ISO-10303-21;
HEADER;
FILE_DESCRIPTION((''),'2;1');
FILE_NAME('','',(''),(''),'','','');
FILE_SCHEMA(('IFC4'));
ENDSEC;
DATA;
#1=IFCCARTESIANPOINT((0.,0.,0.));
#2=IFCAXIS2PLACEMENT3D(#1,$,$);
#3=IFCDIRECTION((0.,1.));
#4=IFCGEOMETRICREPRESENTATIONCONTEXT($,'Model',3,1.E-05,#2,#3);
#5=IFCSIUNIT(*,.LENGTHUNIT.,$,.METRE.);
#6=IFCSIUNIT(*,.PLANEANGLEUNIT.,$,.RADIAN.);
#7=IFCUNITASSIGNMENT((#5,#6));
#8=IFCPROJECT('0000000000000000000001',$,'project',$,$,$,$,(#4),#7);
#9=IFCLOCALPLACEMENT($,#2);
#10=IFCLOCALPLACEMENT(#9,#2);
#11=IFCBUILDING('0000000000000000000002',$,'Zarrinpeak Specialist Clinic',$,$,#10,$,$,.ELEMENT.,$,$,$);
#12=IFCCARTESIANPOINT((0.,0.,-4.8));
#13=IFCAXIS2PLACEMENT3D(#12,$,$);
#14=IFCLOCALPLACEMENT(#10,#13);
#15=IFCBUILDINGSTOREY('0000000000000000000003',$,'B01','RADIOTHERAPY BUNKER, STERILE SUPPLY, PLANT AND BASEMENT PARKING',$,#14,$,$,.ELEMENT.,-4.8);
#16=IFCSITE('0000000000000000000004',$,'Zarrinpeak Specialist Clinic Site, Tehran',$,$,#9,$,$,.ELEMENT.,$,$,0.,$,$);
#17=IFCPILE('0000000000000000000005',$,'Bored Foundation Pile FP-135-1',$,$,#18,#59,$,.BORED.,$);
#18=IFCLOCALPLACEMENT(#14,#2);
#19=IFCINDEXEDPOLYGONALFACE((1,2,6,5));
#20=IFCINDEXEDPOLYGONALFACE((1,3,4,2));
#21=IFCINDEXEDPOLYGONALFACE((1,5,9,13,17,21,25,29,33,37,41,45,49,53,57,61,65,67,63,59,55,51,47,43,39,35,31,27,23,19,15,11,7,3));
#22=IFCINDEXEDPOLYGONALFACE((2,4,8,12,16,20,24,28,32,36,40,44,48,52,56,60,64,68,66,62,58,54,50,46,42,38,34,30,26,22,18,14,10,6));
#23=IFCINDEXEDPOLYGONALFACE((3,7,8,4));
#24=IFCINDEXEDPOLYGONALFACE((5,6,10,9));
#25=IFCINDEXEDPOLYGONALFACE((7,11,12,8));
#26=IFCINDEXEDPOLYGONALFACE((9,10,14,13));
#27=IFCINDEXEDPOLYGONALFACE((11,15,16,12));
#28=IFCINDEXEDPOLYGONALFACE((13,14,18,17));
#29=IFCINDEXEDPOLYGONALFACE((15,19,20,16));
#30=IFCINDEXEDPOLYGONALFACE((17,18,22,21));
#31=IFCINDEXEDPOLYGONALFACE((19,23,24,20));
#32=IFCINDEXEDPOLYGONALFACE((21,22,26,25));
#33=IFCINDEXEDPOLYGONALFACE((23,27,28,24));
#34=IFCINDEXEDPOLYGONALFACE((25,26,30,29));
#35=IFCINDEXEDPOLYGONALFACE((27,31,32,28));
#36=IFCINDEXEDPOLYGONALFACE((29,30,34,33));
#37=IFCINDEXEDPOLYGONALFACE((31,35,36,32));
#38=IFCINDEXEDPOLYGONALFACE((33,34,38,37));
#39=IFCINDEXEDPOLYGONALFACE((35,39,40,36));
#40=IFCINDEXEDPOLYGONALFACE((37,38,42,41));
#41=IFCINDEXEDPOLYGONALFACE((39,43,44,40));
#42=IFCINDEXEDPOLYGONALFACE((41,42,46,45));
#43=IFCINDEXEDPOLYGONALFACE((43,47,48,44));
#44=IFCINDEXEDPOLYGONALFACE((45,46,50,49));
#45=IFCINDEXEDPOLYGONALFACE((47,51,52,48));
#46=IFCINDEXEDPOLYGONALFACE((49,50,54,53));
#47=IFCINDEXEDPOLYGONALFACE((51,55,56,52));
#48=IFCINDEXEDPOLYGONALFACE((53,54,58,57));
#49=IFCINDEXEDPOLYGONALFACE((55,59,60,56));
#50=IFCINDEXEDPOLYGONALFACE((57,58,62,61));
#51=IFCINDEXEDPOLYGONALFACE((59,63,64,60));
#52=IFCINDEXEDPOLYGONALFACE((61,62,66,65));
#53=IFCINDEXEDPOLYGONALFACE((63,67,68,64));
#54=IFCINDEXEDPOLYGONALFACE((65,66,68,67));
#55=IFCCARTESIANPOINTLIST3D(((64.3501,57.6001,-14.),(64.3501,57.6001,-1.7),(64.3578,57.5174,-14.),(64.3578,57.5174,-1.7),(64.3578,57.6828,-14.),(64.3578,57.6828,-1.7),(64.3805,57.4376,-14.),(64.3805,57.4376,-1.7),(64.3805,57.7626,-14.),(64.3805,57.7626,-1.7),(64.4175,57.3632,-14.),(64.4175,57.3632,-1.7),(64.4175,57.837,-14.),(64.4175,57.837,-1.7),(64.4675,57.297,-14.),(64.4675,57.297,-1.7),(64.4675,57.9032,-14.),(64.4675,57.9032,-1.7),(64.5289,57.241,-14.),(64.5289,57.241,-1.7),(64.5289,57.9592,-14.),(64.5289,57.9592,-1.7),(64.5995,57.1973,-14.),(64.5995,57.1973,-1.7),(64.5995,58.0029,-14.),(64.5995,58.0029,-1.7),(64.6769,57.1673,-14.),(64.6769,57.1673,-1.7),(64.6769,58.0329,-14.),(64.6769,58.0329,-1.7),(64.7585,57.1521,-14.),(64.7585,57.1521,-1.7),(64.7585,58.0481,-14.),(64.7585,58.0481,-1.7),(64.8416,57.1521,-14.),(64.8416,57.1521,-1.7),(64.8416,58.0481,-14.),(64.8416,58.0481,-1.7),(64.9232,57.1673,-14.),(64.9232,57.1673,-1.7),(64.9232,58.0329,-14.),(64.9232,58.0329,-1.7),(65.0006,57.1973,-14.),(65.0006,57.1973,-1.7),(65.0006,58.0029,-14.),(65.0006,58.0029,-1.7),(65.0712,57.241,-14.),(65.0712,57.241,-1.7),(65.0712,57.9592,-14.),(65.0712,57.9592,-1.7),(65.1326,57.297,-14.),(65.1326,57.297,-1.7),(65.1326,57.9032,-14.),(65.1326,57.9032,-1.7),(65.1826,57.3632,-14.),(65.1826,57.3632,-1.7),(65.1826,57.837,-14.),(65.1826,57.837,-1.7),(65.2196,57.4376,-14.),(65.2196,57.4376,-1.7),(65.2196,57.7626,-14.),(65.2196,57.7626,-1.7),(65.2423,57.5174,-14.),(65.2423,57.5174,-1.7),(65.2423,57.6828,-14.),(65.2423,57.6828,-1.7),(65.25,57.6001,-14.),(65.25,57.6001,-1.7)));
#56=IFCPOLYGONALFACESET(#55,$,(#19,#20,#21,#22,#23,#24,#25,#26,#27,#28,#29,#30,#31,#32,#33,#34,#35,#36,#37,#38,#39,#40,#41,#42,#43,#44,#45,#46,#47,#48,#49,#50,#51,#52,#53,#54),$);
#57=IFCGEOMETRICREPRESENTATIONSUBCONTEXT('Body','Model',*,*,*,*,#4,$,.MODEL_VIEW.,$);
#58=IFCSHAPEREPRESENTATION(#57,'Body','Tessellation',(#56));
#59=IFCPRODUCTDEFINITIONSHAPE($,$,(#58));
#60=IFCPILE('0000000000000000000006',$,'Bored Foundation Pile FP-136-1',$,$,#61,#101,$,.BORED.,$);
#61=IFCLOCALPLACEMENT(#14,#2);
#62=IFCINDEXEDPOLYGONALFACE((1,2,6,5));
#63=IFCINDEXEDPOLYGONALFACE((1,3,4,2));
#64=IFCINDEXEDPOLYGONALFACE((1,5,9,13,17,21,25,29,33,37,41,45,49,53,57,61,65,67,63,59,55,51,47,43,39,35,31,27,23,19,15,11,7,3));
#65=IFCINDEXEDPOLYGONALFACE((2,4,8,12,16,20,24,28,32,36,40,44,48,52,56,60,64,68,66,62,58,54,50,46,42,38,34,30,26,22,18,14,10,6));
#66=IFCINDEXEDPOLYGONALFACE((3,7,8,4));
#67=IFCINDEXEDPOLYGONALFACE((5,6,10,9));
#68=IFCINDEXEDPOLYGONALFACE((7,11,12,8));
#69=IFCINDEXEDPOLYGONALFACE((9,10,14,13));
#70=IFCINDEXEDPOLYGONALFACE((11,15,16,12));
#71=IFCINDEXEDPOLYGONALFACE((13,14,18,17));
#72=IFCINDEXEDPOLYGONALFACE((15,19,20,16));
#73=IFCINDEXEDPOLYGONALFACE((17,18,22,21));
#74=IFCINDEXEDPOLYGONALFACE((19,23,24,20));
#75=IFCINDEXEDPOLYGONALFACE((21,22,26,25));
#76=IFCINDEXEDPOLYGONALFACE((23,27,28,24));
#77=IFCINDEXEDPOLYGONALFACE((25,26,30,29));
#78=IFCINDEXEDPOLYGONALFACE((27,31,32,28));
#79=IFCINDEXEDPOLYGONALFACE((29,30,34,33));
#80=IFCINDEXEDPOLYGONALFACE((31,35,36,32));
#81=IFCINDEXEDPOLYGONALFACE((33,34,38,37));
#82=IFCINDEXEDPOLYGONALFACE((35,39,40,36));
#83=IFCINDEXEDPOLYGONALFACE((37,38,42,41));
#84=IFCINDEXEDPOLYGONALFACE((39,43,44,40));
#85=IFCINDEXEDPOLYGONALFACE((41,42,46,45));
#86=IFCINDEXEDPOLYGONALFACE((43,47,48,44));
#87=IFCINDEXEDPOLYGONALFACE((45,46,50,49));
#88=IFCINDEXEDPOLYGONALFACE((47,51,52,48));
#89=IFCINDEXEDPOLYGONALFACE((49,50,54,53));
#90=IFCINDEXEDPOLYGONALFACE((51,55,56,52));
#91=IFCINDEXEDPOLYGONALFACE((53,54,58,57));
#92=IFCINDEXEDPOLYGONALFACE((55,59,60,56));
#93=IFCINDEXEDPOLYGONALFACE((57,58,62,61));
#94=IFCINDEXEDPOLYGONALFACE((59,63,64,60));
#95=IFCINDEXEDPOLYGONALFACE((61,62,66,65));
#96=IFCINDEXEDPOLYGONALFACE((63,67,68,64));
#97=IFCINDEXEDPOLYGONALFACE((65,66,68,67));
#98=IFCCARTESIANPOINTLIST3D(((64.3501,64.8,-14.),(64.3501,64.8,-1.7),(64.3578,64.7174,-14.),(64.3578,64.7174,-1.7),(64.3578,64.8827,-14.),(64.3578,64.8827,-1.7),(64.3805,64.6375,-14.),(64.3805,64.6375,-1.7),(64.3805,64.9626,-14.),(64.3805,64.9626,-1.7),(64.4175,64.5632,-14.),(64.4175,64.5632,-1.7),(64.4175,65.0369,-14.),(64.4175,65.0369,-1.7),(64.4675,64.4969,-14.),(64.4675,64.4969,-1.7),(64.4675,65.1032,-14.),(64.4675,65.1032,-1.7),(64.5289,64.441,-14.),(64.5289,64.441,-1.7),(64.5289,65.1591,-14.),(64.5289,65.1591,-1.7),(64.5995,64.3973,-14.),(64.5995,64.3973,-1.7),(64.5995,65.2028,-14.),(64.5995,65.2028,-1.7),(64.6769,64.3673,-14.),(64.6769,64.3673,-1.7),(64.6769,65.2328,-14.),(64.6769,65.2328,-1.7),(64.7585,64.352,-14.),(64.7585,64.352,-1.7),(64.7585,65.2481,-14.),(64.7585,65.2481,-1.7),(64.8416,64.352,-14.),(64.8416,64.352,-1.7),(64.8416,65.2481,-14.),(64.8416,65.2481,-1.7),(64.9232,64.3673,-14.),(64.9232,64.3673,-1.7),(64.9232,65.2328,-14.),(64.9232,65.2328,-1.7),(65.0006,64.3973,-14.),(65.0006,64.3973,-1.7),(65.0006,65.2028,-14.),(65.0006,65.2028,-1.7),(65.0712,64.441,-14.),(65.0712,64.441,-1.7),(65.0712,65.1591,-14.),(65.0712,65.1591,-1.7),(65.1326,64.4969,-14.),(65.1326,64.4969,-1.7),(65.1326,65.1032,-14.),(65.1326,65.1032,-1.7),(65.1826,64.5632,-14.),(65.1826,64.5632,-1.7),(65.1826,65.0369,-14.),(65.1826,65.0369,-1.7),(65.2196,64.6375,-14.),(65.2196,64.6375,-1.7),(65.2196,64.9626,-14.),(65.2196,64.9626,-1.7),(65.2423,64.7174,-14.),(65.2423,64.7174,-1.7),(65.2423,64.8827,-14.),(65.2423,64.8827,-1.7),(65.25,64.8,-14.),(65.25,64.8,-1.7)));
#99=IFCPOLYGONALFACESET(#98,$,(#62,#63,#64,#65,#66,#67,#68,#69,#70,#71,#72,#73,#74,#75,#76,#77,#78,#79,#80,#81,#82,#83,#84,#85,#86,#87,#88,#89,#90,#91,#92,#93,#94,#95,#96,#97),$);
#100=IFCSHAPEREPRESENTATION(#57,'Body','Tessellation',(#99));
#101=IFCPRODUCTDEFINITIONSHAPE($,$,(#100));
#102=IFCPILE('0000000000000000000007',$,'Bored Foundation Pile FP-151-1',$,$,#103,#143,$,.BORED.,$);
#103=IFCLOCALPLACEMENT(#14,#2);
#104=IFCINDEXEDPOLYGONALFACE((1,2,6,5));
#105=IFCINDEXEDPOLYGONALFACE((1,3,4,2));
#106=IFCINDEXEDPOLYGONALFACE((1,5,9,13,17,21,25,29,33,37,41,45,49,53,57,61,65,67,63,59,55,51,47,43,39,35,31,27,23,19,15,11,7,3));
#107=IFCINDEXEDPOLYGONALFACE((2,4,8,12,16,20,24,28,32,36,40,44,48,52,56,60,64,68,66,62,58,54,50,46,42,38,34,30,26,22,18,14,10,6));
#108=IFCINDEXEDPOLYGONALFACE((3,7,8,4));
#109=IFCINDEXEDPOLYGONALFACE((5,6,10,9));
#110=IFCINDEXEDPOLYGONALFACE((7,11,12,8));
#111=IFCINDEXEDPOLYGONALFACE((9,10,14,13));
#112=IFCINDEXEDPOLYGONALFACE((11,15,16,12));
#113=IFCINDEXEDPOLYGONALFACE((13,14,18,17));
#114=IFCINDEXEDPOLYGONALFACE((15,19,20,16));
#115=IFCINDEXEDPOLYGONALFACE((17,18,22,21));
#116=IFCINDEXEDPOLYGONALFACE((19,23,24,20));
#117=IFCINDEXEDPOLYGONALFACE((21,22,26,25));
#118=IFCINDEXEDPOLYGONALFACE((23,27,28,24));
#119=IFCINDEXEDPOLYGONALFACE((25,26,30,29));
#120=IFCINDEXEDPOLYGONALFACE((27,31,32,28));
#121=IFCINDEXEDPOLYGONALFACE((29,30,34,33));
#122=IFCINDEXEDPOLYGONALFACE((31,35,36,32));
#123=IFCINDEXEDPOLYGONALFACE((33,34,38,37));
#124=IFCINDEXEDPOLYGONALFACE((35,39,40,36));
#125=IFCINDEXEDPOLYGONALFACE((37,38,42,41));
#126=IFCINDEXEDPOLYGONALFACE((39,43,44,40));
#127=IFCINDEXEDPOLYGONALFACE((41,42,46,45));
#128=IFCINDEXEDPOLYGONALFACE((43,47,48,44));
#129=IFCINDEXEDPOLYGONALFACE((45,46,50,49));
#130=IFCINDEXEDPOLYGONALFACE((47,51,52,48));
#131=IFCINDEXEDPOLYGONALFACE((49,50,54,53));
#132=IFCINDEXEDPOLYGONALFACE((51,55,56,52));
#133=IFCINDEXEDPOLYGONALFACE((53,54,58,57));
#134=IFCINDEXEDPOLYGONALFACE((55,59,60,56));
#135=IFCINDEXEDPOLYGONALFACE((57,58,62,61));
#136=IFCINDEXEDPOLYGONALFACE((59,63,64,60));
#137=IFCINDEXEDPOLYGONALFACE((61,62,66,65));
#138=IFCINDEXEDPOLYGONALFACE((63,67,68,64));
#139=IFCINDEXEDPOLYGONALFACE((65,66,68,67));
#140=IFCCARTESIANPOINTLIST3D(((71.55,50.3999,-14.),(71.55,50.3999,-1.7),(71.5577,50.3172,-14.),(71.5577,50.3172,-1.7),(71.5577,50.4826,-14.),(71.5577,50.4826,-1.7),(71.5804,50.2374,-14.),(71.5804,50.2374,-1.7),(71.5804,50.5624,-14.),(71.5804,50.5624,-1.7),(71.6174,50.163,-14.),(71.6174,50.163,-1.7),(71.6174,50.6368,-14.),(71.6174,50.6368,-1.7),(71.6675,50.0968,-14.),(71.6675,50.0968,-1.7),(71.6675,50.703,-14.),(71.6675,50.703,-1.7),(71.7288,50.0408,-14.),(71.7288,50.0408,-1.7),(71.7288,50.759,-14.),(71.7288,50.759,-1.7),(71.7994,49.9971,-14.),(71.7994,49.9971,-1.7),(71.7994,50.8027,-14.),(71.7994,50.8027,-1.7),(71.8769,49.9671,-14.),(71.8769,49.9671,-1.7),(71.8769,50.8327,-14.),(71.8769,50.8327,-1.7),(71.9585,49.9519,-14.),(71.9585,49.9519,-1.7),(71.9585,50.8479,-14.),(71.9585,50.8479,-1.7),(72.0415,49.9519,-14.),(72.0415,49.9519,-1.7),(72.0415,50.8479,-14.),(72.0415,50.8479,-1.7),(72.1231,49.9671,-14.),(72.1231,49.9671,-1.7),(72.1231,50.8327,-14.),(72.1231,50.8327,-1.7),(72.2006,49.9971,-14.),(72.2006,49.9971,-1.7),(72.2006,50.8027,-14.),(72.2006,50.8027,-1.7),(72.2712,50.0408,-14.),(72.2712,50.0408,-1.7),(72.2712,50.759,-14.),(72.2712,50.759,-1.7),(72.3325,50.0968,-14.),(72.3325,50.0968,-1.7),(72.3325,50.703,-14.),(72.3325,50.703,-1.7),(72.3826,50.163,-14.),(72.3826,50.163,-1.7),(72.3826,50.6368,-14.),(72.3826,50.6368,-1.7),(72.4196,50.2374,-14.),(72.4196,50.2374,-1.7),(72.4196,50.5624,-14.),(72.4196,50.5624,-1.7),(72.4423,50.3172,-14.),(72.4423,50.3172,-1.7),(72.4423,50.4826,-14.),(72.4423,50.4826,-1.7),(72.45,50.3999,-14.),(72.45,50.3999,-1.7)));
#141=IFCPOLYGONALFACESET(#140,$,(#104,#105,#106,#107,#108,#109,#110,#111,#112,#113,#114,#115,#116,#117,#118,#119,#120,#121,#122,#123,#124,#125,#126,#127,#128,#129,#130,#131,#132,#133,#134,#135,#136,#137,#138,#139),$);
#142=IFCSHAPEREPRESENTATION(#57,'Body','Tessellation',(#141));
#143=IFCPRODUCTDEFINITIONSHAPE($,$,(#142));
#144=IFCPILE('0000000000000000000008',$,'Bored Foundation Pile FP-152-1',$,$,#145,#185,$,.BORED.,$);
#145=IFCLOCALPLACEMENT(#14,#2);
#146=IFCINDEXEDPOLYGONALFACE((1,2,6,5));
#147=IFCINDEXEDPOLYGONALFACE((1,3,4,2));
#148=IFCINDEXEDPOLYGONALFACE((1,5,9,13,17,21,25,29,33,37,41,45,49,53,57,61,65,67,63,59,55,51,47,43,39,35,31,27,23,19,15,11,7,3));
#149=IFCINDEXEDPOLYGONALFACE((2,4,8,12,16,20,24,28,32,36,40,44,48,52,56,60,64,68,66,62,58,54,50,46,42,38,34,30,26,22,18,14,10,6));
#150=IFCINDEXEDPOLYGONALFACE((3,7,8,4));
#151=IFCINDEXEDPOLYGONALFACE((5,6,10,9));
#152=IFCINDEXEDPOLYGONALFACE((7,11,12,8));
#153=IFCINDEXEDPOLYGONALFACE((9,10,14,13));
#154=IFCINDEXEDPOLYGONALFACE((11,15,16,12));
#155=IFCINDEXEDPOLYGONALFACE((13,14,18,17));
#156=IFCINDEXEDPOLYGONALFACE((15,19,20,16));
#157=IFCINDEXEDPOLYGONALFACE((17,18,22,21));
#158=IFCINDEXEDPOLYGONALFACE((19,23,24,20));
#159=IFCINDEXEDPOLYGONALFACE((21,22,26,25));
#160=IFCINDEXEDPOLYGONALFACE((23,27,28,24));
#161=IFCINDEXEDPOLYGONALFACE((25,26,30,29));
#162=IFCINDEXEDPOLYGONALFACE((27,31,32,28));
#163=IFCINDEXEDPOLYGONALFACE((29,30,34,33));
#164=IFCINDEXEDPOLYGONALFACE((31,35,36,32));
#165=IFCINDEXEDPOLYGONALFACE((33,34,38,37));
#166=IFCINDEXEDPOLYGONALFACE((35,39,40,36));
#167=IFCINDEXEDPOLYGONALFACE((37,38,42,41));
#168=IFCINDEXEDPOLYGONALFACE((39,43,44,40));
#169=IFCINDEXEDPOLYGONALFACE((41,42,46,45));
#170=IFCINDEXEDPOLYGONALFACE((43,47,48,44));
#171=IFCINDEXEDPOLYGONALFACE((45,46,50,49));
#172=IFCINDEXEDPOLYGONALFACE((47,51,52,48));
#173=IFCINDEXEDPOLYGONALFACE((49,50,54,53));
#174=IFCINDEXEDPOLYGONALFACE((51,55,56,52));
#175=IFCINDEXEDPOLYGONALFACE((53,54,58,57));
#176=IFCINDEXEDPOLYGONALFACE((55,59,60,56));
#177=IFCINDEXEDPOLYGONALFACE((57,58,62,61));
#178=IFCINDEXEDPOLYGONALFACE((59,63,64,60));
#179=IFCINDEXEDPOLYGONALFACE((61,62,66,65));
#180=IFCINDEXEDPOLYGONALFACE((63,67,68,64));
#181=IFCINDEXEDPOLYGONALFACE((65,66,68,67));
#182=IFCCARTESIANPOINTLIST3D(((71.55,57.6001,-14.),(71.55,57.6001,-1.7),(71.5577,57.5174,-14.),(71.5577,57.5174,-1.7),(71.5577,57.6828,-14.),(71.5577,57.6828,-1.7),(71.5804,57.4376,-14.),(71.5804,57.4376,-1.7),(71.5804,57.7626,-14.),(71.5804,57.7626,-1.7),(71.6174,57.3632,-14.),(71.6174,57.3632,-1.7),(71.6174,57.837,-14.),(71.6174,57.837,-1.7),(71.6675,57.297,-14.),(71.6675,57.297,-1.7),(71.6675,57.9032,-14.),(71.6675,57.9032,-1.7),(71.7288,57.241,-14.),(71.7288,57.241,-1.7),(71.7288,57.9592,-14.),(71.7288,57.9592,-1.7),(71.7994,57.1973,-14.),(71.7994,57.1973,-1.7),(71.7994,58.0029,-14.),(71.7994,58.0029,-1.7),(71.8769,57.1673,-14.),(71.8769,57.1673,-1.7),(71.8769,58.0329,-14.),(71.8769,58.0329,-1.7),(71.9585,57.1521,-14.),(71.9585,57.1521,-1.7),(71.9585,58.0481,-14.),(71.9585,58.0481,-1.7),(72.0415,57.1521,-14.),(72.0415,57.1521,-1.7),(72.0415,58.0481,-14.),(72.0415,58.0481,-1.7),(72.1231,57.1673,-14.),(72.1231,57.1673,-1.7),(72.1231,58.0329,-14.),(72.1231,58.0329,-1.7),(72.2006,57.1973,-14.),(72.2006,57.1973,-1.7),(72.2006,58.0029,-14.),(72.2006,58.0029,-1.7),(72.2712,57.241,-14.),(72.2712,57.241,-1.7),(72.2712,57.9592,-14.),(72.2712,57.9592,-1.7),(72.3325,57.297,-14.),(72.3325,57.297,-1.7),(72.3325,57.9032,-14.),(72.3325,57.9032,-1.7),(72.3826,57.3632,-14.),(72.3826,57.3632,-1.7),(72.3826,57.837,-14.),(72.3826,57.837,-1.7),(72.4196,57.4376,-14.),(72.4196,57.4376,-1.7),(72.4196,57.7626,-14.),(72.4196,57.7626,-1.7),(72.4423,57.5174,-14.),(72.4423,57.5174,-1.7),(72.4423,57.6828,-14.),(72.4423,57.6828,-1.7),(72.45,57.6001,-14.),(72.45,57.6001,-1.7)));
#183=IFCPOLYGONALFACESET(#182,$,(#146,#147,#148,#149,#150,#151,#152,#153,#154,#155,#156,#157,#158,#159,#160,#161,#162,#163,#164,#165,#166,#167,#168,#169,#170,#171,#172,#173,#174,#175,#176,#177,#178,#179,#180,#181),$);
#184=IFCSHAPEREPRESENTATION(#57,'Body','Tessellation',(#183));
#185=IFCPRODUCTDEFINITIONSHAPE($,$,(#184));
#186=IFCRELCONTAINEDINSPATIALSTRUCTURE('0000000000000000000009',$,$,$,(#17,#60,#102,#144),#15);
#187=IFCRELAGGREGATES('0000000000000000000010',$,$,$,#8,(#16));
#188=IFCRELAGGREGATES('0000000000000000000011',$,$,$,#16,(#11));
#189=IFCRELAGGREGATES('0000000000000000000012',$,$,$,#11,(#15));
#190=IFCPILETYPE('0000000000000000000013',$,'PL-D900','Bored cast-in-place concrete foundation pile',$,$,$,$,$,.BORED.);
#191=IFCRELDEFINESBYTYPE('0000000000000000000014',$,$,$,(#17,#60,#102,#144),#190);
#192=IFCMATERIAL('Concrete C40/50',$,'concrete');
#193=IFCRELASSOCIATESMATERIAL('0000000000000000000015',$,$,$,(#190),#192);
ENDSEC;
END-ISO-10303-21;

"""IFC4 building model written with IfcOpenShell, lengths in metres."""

from ifc_helpers import new_model, si_unit, direction, frame, origin, origin_2d, place, context, subcontext, project, spatial, circle, extrude, material, material_profile, profile_set, type_object, element, save


model = new_model("IFC4")

# Units and contexts
model_context = context("Model", 3, precision=1e-05, world=origin(), true_north=direction((0.0, 1.0)))
body_context = subcontext(model_context, "Body", "Model", "MODEL_VIEW")
ifc_project = project(units=[si_unit("LENGTHUNIT", "METRE"), si_unit("PLANEANGLEUNIT", "RADIAN")], contexts=[model_context])

# Site, building, storey
site_placement = place(None, origin())
site = spatial("IfcSite", under=ifc_project, at=site_placement, Name="Zarrinpeak Specialist Clinic Site, Tehran", CompositionType="ELEMENT", RefElevation=0.0)
building_placement = place(site_placement, origin())
building = spatial("IfcBuilding", under=site, at=building_placement, Name="Zarrinpeak Specialist Clinic", CompositionType="ELEMENT")
storey_placement = place(building_placement, frame((0.0, 0.0, -4.8)))
storey = spatial("IfcBuildingStorey", under=building, at=storey_placement, Name="B01", Description="RADIOTHERAPY BUNKER, STERILE SUPPLY, PLANT AND BASEMENT PARKING", CompositionType="ELEMENT", Elevation=-4.8)

# Shared definitions
ifc_material = material(Name="Concrete C40/50", Category="concrete")

# Piles
ifc_material_profile_1 = material_profile(ifc_material, circle(Radius=0.45, at=origin_2d()), Name="BORED PILE D900")
ifc_profile_set_1 = profile_set([ifc_material_profile_1], Name="Concrete C40/50")
pile_type = type_object("IfcPileType", Name="PL-D900", Description="Bored cast-in-place concrete foundation pile", PredefinedType="BORED", material=ifc_profile_set_1)
for number, where, z_axis, x_axis, name in (
    (1, (64.8, 57.6001, -1.7), (0.0, 0.0, -1.0), (1.0, 0.0, 0.0), "Bored Foundation Pile FP-135-1"),
    (2, (64.8, 64.8, -1.7), (0.0, 0.0, -1.0), (1.0, 0.0, 0.0), "Bored Foundation Pile FP-136-1"),
    (3, (72.0, 50.3999, -1.7), (0.0, 0.0, -1.0), (1.0, 0.0, 0.0), "Bored Foundation Pile FP-151-1"),
    (4, (72.0, 57.6001, -1.7), (0.0, 0.0, -1.0), (1.0, 0.0, 0.0), "Bored Foundation Pile FP-152-1"),
):
    element("IfcPile", number, at=place(storey_placement, frame(where, z_axis=z_axis, x_axis=x_axis)), inside=storey, type_object=pile_type, Name=name, PredefinedType="BORED", context=body_context, shape_type="SweptSolid", body=[
        extrude(circle(Radius=0.45, at=origin_2d()), origin(), (0.0, 0.0, 1.0), 12.3),
    ])

save(model, "model.ifc")
